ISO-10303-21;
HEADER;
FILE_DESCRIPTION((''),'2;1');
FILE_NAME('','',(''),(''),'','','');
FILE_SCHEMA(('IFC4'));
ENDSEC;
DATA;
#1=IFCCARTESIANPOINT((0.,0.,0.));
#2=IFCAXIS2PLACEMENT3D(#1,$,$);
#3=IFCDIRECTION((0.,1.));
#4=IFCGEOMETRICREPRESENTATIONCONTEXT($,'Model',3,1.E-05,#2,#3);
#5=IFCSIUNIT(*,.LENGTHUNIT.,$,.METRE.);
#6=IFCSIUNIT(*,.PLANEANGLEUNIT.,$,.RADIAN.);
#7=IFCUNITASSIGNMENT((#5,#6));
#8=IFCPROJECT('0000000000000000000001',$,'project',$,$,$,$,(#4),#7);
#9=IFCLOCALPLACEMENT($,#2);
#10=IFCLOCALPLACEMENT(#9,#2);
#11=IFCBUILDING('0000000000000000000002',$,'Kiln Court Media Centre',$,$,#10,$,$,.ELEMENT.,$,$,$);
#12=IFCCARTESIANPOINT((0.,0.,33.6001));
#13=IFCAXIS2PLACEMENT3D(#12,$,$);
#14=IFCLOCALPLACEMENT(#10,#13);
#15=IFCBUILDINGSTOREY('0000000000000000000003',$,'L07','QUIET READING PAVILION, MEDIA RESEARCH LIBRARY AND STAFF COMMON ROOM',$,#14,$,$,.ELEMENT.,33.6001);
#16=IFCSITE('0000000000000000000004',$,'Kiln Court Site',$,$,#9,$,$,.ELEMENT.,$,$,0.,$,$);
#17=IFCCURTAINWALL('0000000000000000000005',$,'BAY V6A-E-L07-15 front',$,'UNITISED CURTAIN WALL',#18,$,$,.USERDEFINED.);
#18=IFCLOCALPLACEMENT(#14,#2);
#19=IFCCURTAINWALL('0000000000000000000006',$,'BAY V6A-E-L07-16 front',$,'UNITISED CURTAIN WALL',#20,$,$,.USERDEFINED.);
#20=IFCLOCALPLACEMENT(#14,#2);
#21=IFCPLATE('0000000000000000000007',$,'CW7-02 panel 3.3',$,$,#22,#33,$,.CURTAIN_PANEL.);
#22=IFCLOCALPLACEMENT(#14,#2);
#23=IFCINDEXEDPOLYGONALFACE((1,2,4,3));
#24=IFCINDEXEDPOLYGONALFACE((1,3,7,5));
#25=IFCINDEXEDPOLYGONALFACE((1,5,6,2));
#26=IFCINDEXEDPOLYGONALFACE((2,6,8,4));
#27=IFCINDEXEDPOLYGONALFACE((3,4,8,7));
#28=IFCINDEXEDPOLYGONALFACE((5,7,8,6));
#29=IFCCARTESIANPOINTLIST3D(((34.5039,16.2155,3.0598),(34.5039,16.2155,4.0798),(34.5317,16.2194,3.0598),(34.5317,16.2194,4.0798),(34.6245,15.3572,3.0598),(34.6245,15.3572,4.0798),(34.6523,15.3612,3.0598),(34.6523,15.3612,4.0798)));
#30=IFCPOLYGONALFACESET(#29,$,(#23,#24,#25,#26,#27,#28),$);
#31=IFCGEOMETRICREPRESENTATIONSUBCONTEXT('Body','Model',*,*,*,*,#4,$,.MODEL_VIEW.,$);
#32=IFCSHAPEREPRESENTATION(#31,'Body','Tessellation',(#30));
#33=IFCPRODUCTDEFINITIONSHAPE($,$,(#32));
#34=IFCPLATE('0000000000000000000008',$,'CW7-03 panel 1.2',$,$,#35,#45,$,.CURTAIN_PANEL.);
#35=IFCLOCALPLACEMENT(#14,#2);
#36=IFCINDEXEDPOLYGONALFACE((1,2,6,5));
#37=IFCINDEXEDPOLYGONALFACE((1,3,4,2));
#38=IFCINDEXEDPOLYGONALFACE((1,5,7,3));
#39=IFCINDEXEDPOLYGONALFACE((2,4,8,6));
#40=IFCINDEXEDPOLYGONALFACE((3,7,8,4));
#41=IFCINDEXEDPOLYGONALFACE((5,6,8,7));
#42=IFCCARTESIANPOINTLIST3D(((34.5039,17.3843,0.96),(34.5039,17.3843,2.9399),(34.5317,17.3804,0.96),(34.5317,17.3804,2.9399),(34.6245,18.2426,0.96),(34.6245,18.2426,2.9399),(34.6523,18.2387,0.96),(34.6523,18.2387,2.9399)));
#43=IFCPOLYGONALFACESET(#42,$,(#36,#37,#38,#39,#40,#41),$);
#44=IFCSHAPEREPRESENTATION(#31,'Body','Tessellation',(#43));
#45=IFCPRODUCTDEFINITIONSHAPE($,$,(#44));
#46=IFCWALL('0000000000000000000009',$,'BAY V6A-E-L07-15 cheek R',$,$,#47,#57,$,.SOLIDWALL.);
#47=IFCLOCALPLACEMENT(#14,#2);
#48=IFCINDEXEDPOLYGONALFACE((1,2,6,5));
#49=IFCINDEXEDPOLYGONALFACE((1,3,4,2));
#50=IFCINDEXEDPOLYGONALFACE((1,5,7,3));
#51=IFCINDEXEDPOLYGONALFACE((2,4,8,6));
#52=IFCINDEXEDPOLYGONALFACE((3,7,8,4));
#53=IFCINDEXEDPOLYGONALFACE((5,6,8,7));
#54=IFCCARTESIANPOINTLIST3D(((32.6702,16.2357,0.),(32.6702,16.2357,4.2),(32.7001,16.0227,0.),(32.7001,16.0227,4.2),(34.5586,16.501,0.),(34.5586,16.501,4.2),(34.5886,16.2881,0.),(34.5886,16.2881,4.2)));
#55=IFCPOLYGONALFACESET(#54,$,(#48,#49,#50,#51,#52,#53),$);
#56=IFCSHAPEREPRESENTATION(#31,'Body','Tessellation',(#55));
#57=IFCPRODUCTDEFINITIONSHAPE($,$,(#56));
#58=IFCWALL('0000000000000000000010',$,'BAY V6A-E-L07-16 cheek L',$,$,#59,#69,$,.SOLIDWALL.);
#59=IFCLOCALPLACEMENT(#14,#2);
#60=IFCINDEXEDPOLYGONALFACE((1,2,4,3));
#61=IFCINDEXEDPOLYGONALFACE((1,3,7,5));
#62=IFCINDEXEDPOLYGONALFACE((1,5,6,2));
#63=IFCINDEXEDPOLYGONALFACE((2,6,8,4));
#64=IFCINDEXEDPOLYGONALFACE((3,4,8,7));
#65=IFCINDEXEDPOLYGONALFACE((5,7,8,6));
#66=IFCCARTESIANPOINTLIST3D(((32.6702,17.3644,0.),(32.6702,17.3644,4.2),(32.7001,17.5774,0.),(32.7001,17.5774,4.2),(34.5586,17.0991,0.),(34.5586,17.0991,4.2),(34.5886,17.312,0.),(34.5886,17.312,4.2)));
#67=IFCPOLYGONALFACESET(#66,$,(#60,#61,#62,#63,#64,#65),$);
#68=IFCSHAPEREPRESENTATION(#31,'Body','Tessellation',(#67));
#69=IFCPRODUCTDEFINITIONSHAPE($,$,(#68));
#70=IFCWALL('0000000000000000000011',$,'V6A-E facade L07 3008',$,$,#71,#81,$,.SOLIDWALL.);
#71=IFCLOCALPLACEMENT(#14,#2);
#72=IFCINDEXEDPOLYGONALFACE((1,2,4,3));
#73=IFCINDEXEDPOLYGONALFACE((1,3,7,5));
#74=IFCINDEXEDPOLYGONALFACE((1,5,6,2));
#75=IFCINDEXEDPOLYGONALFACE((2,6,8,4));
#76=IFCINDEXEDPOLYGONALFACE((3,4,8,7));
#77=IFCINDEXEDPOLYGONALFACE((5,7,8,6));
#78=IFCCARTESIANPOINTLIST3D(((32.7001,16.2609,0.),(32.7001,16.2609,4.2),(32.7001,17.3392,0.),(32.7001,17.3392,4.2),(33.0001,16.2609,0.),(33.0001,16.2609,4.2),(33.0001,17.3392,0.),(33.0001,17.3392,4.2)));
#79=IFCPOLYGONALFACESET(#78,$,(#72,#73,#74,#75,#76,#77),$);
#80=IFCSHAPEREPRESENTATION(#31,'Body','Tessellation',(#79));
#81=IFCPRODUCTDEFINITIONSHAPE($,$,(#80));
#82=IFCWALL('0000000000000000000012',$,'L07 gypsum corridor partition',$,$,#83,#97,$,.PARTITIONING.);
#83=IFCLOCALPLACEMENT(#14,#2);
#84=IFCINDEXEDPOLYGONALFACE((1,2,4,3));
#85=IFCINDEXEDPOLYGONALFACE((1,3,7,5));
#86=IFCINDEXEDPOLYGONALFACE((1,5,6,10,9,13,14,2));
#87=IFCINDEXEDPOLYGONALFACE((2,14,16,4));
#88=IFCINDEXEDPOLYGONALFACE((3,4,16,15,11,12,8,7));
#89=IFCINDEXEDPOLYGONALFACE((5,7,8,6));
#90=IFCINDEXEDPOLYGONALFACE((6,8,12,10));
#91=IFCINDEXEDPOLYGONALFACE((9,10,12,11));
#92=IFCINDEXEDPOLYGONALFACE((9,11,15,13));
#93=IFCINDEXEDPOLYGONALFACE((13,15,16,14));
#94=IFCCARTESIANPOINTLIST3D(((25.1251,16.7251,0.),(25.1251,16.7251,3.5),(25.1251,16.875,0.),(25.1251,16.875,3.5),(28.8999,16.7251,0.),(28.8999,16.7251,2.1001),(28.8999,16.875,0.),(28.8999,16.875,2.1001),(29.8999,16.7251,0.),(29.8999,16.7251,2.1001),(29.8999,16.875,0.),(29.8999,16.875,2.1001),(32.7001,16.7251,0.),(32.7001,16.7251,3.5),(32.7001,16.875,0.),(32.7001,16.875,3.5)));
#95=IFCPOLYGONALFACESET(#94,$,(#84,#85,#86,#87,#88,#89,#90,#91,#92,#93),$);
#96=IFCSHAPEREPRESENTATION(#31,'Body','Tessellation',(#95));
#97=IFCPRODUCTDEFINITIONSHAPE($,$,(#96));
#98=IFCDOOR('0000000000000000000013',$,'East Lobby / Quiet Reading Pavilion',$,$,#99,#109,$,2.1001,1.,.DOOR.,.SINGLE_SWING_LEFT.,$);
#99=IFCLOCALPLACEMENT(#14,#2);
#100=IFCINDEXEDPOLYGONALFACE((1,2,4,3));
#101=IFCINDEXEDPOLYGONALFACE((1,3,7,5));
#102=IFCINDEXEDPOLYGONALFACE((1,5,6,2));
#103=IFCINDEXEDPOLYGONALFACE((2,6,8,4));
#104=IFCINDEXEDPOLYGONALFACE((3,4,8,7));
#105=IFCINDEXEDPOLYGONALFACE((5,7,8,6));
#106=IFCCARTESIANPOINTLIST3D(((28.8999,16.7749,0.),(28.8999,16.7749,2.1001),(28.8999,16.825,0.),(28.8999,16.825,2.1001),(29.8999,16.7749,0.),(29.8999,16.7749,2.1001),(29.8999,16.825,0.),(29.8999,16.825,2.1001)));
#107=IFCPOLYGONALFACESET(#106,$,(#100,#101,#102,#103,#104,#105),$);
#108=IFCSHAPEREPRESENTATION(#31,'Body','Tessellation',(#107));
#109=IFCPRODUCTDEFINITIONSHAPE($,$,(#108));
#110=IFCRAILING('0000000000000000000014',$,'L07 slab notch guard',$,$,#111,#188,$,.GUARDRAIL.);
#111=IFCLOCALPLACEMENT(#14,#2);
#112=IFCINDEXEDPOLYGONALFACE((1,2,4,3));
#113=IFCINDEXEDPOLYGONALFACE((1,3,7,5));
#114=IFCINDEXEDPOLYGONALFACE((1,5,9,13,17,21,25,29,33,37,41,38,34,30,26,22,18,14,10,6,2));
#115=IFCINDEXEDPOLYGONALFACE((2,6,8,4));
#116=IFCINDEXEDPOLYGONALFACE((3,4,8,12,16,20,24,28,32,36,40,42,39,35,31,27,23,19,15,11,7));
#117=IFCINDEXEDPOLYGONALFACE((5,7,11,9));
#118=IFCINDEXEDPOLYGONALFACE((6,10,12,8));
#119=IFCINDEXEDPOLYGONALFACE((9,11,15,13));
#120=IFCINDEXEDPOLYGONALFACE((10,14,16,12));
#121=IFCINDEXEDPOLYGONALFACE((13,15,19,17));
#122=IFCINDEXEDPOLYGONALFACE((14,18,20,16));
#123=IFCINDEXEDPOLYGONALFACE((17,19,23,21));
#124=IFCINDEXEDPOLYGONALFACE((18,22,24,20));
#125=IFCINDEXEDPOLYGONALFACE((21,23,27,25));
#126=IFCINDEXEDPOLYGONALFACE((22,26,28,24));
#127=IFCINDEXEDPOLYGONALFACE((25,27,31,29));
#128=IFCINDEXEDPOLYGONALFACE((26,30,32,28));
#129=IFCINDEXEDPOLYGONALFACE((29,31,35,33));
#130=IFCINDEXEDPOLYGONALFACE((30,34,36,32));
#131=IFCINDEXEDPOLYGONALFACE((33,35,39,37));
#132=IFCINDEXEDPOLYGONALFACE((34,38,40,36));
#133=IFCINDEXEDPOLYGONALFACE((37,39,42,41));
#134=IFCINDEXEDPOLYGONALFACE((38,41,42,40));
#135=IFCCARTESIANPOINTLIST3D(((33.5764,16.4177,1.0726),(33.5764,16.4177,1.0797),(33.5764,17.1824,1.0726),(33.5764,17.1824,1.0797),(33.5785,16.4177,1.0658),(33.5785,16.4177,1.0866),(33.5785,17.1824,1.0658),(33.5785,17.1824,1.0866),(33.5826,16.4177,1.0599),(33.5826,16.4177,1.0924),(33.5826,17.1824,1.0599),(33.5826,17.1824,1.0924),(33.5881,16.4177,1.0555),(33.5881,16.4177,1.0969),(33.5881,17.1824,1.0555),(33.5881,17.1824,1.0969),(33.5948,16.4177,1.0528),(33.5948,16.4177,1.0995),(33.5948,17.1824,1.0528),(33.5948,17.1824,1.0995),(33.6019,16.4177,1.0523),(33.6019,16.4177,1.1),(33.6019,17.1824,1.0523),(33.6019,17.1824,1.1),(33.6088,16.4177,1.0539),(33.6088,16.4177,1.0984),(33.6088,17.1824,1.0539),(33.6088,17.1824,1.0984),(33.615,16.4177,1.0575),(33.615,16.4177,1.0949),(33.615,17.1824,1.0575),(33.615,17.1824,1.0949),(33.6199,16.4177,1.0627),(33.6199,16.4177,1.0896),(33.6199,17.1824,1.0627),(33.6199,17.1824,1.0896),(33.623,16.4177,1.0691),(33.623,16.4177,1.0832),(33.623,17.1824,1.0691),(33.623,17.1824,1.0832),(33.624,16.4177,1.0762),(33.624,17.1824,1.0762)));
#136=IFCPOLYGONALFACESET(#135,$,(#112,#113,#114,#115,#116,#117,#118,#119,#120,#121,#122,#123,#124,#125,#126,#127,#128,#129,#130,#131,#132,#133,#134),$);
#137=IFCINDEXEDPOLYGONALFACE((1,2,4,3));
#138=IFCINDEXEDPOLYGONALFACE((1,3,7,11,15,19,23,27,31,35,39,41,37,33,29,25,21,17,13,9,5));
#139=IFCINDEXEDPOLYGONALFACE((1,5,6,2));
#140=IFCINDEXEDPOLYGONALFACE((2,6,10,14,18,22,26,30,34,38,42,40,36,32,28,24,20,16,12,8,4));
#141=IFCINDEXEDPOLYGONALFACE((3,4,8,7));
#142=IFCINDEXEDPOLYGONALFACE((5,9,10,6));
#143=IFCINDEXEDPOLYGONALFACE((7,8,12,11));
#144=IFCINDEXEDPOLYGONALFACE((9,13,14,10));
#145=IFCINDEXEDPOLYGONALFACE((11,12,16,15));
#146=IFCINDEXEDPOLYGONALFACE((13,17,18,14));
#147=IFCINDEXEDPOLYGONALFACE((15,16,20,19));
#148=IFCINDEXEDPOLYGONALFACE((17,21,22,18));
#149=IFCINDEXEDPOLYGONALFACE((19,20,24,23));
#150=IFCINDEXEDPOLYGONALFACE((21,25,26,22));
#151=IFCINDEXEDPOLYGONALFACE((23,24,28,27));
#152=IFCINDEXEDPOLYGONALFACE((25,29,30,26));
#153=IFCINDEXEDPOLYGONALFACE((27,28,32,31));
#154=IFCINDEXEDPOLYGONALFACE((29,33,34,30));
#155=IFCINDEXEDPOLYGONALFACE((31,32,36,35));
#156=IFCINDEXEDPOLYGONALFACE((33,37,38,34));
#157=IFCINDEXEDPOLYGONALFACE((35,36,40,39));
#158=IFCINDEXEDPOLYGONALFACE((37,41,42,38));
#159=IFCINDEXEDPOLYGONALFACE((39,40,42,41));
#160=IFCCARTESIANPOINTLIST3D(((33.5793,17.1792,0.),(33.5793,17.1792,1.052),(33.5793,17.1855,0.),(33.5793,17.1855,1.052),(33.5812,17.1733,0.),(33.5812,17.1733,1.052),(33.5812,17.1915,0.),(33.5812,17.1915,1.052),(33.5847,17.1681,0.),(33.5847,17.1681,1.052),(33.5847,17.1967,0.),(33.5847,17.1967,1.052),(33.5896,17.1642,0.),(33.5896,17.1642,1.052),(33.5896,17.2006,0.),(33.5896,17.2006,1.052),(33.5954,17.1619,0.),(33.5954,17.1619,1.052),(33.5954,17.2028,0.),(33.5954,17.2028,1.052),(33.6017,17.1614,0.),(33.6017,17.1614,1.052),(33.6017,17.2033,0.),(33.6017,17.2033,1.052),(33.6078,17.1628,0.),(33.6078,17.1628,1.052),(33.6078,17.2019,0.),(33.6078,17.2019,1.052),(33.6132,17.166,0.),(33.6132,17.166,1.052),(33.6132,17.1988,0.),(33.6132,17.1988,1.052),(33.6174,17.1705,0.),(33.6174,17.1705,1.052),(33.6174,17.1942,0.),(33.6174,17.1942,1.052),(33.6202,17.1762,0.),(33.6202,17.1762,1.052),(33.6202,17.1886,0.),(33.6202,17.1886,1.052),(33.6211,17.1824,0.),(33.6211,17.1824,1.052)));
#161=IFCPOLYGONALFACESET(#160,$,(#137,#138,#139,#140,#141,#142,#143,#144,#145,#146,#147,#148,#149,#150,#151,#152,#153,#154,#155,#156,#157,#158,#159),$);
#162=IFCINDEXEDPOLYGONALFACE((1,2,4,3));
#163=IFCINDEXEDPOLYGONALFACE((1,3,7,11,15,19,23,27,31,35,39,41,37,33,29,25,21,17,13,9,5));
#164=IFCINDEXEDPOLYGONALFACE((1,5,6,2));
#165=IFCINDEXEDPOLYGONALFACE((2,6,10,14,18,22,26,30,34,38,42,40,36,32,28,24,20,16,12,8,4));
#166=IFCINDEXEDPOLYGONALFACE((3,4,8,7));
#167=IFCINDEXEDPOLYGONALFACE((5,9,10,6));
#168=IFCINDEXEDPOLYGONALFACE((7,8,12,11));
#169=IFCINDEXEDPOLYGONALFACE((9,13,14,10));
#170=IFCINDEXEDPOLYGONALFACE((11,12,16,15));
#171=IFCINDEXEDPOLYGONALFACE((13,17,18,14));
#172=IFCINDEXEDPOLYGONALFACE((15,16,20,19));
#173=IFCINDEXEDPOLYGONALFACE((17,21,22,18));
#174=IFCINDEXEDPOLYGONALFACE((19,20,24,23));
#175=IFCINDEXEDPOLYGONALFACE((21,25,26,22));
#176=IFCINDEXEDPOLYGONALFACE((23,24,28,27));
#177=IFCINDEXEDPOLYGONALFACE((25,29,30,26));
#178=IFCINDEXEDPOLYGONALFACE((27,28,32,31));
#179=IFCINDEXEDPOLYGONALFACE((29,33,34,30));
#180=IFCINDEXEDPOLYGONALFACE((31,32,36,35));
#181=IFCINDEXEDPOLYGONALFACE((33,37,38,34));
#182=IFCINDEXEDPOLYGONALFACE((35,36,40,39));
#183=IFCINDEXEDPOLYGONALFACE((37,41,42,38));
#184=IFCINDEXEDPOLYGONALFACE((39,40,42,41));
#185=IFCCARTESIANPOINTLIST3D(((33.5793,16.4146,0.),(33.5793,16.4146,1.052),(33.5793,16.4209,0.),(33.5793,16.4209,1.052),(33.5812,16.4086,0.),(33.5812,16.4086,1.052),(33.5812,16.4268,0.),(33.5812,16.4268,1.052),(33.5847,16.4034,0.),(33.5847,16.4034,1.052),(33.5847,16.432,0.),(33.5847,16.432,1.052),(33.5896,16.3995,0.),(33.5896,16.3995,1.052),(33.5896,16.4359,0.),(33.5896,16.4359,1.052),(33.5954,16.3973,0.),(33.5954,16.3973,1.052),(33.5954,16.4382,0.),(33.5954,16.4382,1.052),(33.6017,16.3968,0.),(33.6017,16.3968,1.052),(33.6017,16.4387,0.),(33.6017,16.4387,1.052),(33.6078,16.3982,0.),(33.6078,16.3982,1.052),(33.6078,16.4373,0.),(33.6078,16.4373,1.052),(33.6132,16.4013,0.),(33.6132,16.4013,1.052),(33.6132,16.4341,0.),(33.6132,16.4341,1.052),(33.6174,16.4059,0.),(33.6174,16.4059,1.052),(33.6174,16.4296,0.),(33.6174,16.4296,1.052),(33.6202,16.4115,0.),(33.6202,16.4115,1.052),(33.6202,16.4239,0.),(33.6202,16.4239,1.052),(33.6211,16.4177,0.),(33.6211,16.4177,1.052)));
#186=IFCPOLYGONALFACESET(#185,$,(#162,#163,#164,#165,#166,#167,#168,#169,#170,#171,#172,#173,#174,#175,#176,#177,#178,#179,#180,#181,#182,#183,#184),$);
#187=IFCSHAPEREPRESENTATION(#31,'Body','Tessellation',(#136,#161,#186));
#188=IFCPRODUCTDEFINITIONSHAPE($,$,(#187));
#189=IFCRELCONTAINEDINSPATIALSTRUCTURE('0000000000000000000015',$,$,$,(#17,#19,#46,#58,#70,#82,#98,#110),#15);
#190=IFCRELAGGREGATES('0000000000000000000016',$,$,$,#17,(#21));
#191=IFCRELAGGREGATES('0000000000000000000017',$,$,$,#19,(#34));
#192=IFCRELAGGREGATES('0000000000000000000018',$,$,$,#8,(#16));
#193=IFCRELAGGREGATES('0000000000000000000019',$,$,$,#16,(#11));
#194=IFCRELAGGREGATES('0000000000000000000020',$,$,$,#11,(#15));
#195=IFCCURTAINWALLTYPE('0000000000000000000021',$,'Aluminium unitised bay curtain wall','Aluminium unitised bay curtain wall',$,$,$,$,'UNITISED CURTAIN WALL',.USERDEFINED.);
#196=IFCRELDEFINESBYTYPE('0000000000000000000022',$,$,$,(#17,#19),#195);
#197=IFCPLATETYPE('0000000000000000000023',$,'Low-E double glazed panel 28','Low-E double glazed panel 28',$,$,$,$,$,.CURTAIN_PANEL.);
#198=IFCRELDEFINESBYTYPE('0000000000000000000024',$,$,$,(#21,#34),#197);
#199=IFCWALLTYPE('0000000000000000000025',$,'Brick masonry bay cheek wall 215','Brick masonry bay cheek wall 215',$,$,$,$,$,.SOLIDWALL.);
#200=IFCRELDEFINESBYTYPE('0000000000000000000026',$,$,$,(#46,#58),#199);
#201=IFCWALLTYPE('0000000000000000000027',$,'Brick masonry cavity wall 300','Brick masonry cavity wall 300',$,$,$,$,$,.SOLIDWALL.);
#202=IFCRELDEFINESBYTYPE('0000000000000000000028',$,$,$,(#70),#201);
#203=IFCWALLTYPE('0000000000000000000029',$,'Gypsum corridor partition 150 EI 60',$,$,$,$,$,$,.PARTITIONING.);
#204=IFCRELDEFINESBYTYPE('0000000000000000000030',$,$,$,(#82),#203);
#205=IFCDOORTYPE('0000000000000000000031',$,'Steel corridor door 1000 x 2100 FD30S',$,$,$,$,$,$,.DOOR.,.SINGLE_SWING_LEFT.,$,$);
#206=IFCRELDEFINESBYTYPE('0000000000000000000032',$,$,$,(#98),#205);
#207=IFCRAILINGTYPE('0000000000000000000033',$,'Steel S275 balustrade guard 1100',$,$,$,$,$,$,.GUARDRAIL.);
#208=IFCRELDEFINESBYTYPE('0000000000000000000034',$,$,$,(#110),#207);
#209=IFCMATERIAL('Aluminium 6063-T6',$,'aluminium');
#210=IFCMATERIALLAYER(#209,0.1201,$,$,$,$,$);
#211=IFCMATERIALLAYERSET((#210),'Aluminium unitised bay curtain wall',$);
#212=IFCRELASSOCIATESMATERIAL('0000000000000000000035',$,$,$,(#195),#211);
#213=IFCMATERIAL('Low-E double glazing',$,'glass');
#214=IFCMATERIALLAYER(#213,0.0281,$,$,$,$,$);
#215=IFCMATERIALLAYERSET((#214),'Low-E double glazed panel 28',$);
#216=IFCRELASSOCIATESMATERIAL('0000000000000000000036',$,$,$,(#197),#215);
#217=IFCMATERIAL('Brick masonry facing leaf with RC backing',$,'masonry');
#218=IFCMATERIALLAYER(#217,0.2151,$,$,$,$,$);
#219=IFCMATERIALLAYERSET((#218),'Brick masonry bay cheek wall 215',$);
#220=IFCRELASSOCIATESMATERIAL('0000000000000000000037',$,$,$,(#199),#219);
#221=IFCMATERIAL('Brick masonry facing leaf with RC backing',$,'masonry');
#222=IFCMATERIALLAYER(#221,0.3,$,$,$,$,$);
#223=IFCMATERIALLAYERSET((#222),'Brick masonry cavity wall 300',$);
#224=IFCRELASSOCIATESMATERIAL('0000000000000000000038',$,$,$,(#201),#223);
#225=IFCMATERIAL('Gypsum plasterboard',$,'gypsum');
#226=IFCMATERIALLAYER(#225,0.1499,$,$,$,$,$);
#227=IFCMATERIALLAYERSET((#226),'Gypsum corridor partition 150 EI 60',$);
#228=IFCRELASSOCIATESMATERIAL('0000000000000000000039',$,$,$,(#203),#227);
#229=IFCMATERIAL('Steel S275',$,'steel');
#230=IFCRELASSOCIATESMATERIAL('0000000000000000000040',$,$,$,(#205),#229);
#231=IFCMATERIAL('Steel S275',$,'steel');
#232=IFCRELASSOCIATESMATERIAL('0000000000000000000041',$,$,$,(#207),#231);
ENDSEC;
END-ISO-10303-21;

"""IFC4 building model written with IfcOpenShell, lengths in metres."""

from ifc_helpers import new_model, si_unit, direction, frame, frame_2d, origin, origin_2d, place, context, subcontext, project, spatial, rectangle, circle, extrude, material, layer, layer_set, type_object, element, fill, aggregate, save


model = new_model("IFC4")

# Units and contexts
model_context = context("Model", 3, precision=1e-05, world=origin(), true_north=direction((0.0, 1.0)))
body_context = subcontext(model_context, "Body", "Model", "MODEL_VIEW")
ifc_project = project(units=[si_unit("LENGTHUNIT", "METRE"), si_unit("PLANEANGLEUNIT", "RADIAN")], contexts=[model_context])

# Site, building, storey
site_placement = place(None, origin())
site = spatial("IfcSite", under=ifc_project, at=site_placement, Name="Kiln Court Site", CompositionType="ELEMENT", RefElevation=0.0)
building_placement = place(site_placement, origin())
building = spatial("IfcBuilding", under=site, at=building_placement, Name="Kiln Court Media Centre", CompositionType="ELEMENT")
storey_placement = place(building_placement, frame((0.0, 0.0, 33.6001)))
storey = spatial("IfcBuildingStorey", under=building, at=storey_placement, Name="L07", Description="QUIET READING PAVILION, MEDIA RESEARCH LIBRARY AND STAFF COMMON ROOM", CompositionType="ELEMENT", Elevation=33.6001)

# Curtain wall
ifc_material_1 = material(Name="Aluminium 6063-T6", Category="aluminium")
ifc_layer_1 = layer(ifc_material_1, 0.1201)
ifc_layer_set_1 = layer_set([ifc_layer_1], Name="Aluminium unitised bay curtain wall")
curtain_wall_type = type_object("IfcCurtainWallType", Name="Aluminium unitised bay curtain wall", Description="Aluminium unitised bay curtain wall", ElementType="UNITISED CURTAIN WALL", PredefinedType="USERDEFINED", material=ifc_layer_set_1)
curtain_wall_1_placement = place(storey_placement, origin())
curtain_wall_1 = element("IfcCurtainWall", 1, at=curtain_wall_1_placement, inside=storey, type_object=curtain_wall_type, Name="BAY V6A-E-L07-15 front", ObjectType="UNITISED CURTAIN WALL", PredefinedType="USERDEFINED")

# Curtain wall
curtain_wall_2_placement = place(storey_placement, origin())
curtain_wall_2 = element("IfcCurtainWall", 2, at=curtain_wall_2_placement, inside=storey, type_object=curtain_wall_type, Name="BAY V6A-E-L07-16 front", ObjectType="UNITISED CURTAIN WALL", PredefinedType="USERDEFINED")

# Plates
ifc_material_2 = material(Name="Low-E double glazing", Category="glass")
ifc_layer_2 = layer(ifc_material_2, 0.0281)
ifc_layer_set_2 = layer_set([ifc_layer_2], Name="Low-E double glazed panel 28")
plate_type_1 = type_object("IfcPlateType", Name="Low-E double glazed panel 28", Description="Low-E double glazed panel 28", PredefinedType="CURTAIN_PANEL", material=ifc_layer_set_2)
plate_1_placement = place(storey_placement, frame((34.5781, 15.7883, 3.0598), z_axis=(0.0, 0.0, 1.0), x_axis=(-0.139162, 0.99027, 0.0)))
plate_1 = element("IfcPlate", 3, at=plate_1_placement, type_object=plate_type_1, Name="CW7-02 panel 3.3", PredefinedType="CURTAIN_PANEL", context=body_context, shape_type="SweptSolid", body=[
    extrude(rectangle(XDim=0.8667, YDim=0.0281, at=origin_2d()), origin(), (0.0, 0.0, 1.0), 1.02),
])
aggregate(curtain_wall_1, [plate_1])
plate_2_placement = place(storey_placement, frame((34.5781, 17.8115, 0.96), z_axis=(0.0, 0.0, 1.0), x_axis=(0.139162, 0.99027, 0.0)))
plate_2 = element("IfcPlate", 4, at=plate_2_placement, type_object=plate_type_1, Name="CW7-03 panel 1.2", PredefinedType="CURTAIN_PANEL", context=body_context, shape_type="SweptSolid", body=[
    extrude(rectangle(XDim=0.8667, YDim=0.0281, at=origin_2d()), origin(), (0.0, 0.0, 1.0), 1.98),
])
aggregate(curtain_wall_2, [plate_2])

# Walls
ifc_material_3 = material(Name="Brick masonry facing leaf with RC backing", Category="masonry")
ifc_layer_3 = layer(ifc_material_3, 0.2151)
ifc_layer_set_3 = layer_set([ifc_layer_3], Name="Brick masonry bay cheek wall 215")
wall_type_1 = type_object("IfcWallType", Name="Brick masonry bay cheek wall 215", Description="Brick masonry bay cheek wall 215", PredefinedType="SOLIDWALL", material=ifc_layer_set_3)
for number, where, z_axis, x_axis, name in (
    (5, (32.6851, 16.1292, 0.0), (0.0, 0.0, 1.0), (0.99027, 0.139163, 0.0), "BAY V6A-E-L07-15 cheek R"),
    (6, (32.6851, 17.4709, 0.0), (0.0, 0.0, 1.0), (0.99027, -0.139163, 0.0), "BAY V6A-E-L07-16 cheek L"),
):
    element("IfcWall", number, at=place(storey_placement, frame(where, z_axis=z_axis, x_axis=x_axis)), inside=storey, type_object=wall_type_1, Name=name, PredefinedType="SOLIDWALL", context=body_context, shape_type="SweptSolid", body=[
        extrude(rectangle(XDim=1.907, YDim=0.2151, at=frame_2d((0.9536, 0.0))), origin(), (0.0, 0.0, 1.0), 4.2),
    ])
ifc_material_4 = material(Name="Brick masonry facing leaf with RC backing", Category="masonry")
ifc_layer_4 = layer(ifc_material_4, 0.3)
ifc_layer_set_4 = layer_set([ifc_layer_4], Name="Brick masonry cavity wall 300")
wall_type_2 = type_object("IfcWallType", Name="Brick masonry cavity wall 300", Description="Brick masonry cavity wall 300", PredefinedType="SOLIDWALL", material=ifc_layer_set_4)
wall_1_placement = place(storey_placement, frame((32.8501, 17.3391, 0.0), z_axis=(0.0, 0.0, 1.0), x_axis=(0.0, -1.0, 0.0)))
element("IfcWall", 7, at=wall_1_placement, inside=storey, type_object=wall_type_2, Name="V6A-E facade L07 3008", PredefinedType="SOLIDWALL", context=body_context, shape_type="SweptSolid", body=[
    extrude(rectangle(XDim=1.0784, YDim=0.3, at=frame_2d((0.5391, 0.0))), origin(), (0.0, 0.0, 1.0), 4.2),
])

# Wall, opening, door
ifc_material_5 = material(Name="Gypsum plasterboard", Category="gypsum")
ifc_layer_5 = layer(ifc_material_5, 0.1499)
ifc_layer_set_5 = layer_set([ifc_layer_5], Name="Gypsum corridor partition 150 EI 60")
wall_type_3 = type_object("IfcWallType", Name="Gypsum corridor partition 150 EI 60", PredefinedType="PARTITIONING", material=ifc_layer_set_5)
wall_2_placement = place(storey_placement, frame((25.125, 16.8, 0.0), z_axis=(0.0, 0.0, 1.0), x_axis=(1.0, 0.0, 0.0)))
wall_2 = element("IfcWall", 8, at=wall_2_placement, inside=storey, type_object=wall_type_3, Name="L07 gypsum corridor partition", PredefinedType="PARTITIONING", context=body_context, shape_type="SweptSolid", body=[
    extrude(rectangle(XDim=7.575, YDim=0.1499, at=frame_2d((3.7876, 0.0))), origin(), (0.0, 0.0, 1.0), 3.5),
])
opening_placement = place(wall_2_placement, frame((3.7749, 0.0, 0.0)))
opening = element("IfcOpeningElement", 9, at=opening_placement, cuts=wall_2, PredefinedType="OPENING", context=body_context, shape_type="SweptSolid", body=[
    extrude(rectangle(XDim=1.0, YDim=2.1001, at=frame_2d((0.5, 1.05))), frame((0.0, 0.085, 0.0), z_axis=(0.0, -1.0, 0.0), x_axis=(1.0, 0.0, 0.0)), (0.0, 0.0, 1.0), 0.1699),
])
ifc_material_6 = material(Name="Steel S275", Category="steel")
door_type = type_object("IfcDoorType", Name="Steel corridor door 1000 x 2100 FD30S", OperationType="SINGLE_SWING_LEFT", PredefinedType="DOOR", material=ifc_material_6)
door_placement = place(opening_placement, origin())
door = element("IfcDoor", 10, at=door_placement, inside=storey, type_object=door_type, Name="East Lobby / Quiet Reading Pavilion", OperationType="SINGLE_SWING_LEFT", OverallHeight=2.1001, OverallWidth=1.0, PredefinedType="DOOR", context=body_context, shape_type="SweptSolid", body=[
    extrude(rectangle(XDim=1.0, YDim=2.1001, at=frame_2d((0.5, 1.05))), frame((0.0, 0.0249, 0.0), z_axis=(0.0, -1.0, 0.0), x_axis=(1.0, 0.0, 0.0)), (0.0, 0.0, 1.0), 0.05),
])
fill(opening, door)

# Railing
ifc_material_7 = material(Name="Steel S275", Category="steel")
railing_type = type_object("IfcRailingType", Name="Steel S275 balustrade guard 1100", PredefinedType="GUARDRAIL", material=ifc_material_7)
railing_placement = place(storey_placement, frame((33.6001, 17.1824, 0.0)))
element("IfcRailing", 11, at=railing_placement, inside=storey, type_object=railing_type, Name="L07 slab notch guard", PredefinedType="GUARDRAIL", context=body_context, shape_type="SweptSolid", body=[
    extrude(circle(Radius=0.0239, at=origin_2d()), frame((0.0, 0.0, 1.0762), z_axis=(0.0, -1.0, 0.0), x_axis=(1.0, 0.0, 0.0)), (0.0, 0.0, 1.0), 0.7646),
    extrude(circle(Radius=0.021, at=origin_2d()), origin(), (0.0, 0.0, 1.0), 1.052),
    extrude(circle(Radius=0.021, at=origin_2d()), frame((0.0, -0.7646, 0.0)), (0.0, 0.0, 1.0), 1.052),
])

save(model, "model.ifc")
